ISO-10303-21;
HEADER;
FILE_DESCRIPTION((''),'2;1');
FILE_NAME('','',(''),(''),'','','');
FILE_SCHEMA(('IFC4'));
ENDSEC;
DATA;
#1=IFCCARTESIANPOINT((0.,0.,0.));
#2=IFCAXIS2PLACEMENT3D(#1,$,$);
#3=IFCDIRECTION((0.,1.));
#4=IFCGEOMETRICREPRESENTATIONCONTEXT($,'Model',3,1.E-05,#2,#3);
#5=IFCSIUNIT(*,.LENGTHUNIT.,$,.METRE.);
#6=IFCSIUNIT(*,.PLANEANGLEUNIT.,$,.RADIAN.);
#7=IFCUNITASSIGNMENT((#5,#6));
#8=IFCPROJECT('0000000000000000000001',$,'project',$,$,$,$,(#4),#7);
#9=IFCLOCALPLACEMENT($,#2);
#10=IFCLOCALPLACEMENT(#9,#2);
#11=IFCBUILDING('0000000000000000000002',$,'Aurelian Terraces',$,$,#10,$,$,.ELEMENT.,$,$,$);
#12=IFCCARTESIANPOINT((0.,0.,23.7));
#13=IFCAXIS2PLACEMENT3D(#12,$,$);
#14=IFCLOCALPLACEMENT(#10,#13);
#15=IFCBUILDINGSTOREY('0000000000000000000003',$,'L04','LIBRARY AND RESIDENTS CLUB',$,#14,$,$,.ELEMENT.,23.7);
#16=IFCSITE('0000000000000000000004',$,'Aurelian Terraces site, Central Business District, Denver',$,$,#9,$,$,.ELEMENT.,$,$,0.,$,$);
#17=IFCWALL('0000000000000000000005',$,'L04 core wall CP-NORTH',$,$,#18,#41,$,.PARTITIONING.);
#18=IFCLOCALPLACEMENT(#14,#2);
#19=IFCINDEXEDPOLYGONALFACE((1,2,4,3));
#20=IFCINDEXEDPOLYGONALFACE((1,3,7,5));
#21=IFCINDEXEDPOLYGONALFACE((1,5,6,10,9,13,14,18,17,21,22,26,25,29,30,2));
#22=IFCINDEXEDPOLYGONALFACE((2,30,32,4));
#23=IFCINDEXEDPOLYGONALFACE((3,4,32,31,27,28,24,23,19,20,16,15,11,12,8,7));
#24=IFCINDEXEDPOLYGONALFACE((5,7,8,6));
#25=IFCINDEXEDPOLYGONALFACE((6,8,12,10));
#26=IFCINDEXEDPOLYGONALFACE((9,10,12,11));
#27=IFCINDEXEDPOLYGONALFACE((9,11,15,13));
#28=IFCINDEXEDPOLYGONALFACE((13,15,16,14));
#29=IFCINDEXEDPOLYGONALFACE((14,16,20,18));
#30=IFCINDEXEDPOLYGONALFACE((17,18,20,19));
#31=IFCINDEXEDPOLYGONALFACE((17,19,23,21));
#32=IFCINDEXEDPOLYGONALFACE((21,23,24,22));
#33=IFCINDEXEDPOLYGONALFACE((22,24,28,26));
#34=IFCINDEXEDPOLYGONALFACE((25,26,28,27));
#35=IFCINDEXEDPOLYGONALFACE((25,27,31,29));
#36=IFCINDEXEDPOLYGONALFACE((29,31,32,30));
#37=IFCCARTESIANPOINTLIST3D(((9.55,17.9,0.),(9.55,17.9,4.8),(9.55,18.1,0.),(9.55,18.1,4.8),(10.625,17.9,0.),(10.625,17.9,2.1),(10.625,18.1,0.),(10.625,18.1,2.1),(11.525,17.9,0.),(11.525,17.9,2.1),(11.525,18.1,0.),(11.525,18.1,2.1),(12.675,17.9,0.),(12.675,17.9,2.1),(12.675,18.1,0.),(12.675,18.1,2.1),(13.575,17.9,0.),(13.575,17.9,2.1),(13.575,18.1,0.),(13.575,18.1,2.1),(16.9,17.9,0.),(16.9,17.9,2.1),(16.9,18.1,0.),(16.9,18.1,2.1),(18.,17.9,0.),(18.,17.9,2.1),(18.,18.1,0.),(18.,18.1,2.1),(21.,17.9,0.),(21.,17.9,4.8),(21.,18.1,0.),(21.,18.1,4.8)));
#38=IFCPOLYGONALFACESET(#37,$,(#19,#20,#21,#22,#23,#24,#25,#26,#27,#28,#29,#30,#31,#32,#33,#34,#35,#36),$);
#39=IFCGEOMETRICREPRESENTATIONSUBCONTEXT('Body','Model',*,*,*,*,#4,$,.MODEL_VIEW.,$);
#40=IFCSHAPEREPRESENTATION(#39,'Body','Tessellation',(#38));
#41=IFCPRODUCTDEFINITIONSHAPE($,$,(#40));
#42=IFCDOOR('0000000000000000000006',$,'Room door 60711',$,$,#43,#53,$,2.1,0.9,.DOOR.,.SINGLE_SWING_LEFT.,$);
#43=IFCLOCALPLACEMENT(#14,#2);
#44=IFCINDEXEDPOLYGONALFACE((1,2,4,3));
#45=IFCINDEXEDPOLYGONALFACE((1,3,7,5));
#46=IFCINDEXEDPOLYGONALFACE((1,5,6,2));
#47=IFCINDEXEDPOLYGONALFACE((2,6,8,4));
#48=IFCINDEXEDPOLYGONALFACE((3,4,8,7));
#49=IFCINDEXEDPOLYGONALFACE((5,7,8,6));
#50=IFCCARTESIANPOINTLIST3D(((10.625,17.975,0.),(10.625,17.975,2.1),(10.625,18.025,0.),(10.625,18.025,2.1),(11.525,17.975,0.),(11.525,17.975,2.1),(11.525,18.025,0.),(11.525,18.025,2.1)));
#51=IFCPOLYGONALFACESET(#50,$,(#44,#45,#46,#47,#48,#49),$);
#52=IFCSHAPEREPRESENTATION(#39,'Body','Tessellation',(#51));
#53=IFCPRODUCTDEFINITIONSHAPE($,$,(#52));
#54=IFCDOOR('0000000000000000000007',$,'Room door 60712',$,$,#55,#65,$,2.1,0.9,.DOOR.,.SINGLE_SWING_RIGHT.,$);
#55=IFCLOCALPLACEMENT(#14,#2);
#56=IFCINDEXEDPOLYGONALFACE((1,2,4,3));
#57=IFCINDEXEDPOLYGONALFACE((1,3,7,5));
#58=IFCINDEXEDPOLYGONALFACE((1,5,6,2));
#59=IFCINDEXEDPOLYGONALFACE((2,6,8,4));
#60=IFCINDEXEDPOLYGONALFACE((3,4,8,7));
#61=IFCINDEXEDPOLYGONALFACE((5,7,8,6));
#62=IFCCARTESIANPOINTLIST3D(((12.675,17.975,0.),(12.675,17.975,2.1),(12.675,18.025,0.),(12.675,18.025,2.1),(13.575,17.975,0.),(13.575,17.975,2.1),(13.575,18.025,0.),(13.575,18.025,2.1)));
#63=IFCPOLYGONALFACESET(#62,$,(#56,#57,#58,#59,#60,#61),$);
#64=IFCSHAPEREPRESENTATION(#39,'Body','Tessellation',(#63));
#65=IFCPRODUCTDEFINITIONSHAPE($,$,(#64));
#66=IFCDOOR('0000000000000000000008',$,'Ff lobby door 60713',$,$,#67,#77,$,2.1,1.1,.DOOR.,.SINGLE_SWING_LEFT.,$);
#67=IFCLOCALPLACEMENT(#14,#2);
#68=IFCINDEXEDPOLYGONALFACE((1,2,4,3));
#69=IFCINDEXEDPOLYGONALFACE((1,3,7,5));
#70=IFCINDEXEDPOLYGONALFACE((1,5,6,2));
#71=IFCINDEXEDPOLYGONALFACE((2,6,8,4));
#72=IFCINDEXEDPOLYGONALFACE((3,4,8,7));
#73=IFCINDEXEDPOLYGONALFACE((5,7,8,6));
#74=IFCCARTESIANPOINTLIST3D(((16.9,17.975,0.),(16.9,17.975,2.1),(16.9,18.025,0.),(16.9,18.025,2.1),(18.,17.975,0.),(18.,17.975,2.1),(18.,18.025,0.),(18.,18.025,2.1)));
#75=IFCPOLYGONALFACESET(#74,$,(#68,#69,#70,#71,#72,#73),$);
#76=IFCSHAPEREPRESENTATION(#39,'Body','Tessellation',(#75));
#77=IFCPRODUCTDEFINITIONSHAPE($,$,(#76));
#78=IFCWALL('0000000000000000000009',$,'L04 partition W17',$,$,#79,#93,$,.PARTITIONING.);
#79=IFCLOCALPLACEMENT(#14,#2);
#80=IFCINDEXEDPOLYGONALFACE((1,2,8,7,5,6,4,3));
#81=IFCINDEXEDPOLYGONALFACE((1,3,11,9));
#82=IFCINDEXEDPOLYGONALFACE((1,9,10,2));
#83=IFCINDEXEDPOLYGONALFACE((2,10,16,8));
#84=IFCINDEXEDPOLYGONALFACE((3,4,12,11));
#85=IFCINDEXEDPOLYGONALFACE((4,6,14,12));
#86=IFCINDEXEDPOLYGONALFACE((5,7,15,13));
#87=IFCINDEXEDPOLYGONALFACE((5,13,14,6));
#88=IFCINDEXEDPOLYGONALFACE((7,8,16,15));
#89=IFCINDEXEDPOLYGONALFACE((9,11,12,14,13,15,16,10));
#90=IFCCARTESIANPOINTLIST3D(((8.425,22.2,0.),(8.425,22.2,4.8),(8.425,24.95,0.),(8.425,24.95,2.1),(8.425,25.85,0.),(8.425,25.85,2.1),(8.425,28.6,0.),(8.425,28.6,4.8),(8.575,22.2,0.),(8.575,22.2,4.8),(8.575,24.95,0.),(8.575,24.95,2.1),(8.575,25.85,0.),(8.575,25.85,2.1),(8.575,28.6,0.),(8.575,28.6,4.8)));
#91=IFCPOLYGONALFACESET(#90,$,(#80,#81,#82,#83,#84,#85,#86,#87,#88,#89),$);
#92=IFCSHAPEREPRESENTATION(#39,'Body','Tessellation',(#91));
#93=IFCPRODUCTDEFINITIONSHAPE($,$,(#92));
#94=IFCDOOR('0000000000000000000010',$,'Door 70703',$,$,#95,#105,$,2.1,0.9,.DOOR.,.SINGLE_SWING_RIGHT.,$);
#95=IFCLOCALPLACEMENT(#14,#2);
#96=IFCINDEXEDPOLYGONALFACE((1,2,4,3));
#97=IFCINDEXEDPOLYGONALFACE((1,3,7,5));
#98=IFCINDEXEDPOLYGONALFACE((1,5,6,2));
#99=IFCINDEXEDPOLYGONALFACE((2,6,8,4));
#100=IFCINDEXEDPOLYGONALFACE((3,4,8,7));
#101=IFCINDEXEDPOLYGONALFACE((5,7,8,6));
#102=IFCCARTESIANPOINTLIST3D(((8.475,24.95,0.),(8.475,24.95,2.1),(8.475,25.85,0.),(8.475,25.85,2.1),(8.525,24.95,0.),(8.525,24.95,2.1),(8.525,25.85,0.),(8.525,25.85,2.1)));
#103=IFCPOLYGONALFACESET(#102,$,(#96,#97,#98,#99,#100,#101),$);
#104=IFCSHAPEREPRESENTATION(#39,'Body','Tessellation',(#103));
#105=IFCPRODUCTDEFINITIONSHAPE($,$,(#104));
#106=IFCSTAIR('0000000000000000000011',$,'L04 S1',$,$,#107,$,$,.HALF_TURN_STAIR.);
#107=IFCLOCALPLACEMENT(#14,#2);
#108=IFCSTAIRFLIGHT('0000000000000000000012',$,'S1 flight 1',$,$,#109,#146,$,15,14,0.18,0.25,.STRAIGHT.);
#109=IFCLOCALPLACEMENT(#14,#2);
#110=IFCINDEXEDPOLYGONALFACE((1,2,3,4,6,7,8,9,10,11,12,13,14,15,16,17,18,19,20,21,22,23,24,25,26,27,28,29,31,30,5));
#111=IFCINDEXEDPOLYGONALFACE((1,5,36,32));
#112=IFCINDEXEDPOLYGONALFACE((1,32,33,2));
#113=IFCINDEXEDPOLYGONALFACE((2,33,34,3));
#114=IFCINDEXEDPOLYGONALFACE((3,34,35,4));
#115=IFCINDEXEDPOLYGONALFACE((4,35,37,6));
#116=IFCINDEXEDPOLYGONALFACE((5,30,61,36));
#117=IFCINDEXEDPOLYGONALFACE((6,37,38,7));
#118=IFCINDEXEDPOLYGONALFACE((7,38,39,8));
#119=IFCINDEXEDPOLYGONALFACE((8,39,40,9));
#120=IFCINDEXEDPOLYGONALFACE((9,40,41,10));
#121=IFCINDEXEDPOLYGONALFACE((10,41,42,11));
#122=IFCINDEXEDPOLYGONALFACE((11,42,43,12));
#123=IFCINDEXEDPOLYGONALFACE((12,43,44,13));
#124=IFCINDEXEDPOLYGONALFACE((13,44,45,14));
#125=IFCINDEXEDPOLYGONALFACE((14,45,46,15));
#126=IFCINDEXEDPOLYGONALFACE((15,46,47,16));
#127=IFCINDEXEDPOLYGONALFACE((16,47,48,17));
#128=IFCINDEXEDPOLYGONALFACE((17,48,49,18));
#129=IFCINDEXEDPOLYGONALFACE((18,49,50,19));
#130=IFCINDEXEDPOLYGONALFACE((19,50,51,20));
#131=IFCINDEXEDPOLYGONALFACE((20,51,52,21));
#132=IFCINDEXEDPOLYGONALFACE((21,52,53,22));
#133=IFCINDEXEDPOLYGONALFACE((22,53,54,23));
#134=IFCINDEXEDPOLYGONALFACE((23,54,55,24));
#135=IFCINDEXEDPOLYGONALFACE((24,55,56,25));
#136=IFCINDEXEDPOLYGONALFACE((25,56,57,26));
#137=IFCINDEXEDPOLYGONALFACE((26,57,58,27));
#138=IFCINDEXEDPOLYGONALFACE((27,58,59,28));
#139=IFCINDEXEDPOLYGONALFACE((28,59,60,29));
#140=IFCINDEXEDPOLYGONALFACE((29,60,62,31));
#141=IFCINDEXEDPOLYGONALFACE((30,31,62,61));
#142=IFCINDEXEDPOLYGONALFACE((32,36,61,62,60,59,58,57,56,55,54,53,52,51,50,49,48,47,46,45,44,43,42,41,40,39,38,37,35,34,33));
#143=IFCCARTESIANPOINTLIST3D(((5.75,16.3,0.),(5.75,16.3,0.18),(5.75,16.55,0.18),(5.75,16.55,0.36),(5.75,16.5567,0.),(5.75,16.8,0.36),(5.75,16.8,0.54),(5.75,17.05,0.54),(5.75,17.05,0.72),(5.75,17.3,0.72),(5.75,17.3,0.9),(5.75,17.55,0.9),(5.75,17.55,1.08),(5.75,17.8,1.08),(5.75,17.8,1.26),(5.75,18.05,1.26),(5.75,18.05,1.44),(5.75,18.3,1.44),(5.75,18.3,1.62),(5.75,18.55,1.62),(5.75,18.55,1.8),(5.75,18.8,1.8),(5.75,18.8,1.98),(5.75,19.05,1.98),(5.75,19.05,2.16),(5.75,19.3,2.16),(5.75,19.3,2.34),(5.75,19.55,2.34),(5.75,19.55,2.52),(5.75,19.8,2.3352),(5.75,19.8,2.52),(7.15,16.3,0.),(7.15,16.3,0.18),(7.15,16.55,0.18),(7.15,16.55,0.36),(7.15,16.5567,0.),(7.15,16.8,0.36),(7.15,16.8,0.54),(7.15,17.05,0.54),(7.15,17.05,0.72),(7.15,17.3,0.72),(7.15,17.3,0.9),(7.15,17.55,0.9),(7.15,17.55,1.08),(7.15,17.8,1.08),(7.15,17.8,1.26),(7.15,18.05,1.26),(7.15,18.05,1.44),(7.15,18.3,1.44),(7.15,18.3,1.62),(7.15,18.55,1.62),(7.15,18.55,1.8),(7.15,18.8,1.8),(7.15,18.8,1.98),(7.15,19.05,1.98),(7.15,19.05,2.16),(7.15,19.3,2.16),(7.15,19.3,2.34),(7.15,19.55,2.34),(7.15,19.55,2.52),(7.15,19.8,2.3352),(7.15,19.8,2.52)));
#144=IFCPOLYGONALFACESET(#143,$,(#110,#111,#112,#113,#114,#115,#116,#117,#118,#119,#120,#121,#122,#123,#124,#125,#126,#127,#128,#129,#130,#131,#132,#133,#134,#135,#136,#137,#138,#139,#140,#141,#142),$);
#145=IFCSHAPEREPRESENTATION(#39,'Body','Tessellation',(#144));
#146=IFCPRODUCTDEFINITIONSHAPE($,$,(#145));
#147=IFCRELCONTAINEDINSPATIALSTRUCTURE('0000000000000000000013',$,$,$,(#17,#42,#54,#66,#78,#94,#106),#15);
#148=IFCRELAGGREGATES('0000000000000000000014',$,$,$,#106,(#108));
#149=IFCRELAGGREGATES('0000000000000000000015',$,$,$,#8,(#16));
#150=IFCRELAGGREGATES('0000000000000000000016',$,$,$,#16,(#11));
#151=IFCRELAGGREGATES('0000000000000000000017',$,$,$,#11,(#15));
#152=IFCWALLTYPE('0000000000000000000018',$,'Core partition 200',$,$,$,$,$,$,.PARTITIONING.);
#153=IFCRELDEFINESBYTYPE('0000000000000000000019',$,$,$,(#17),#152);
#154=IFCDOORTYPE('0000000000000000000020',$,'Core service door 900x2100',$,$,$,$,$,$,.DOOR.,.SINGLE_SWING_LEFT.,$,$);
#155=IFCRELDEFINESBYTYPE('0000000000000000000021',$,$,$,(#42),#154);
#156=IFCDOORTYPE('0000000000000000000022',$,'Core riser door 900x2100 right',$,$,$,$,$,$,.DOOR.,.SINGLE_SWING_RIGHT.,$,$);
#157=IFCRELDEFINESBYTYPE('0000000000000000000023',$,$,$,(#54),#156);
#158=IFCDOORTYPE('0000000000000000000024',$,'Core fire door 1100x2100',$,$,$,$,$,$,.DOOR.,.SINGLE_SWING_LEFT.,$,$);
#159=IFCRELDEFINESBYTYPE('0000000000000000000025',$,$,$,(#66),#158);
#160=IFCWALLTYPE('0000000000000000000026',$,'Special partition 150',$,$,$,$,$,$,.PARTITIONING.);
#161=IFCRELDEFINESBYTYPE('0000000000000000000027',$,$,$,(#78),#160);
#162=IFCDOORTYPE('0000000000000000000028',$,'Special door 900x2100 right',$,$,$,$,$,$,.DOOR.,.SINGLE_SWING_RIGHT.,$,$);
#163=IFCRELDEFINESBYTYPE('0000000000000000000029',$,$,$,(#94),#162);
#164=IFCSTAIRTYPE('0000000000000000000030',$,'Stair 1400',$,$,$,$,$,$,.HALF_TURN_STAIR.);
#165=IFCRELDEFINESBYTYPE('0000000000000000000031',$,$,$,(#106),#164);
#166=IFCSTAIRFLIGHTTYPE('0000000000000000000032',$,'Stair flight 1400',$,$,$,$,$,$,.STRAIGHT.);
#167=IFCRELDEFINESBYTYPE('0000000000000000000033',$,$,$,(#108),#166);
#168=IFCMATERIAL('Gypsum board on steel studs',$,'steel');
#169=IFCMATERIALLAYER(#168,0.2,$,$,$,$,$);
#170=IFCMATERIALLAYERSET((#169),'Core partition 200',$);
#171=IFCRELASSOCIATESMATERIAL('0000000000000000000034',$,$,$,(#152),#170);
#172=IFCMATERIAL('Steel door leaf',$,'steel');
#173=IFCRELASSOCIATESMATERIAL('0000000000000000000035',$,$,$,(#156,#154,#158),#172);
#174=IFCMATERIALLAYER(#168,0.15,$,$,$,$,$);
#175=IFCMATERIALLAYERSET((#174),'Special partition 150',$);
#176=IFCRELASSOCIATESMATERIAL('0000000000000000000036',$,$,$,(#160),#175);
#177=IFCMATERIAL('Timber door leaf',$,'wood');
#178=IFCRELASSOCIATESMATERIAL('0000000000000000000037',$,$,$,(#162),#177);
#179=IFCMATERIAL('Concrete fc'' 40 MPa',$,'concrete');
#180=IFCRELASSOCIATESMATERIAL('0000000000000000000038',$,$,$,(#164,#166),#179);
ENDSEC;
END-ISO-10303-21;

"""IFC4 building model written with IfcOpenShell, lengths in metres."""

from ifc_helpers import new_model, si_unit, direction, frame, frame_2d, origin, place, context, subcontext, project, spatial, polyline, rectangle, outline, extrude, source, transform, mapped, material, layer, layer_set, type_object, element, fill, aggregate, save


model = new_model("IFC4")

# Units and contexts
model_context = context("Model", 3, precision=1e-05, world=origin(), true_north=direction((0.0, 1.0)))
body_context = subcontext(model_context, "Body", "Model", "MODEL_VIEW")
ifc_project = project(units=[si_unit("LENGTHUNIT", "METRE"), si_unit("PLANEANGLEUNIT", "RADIAN")], contexts=[model_context])

# Site, building, storey
site_placement = place(None, origin())
site = spatial("IfcSite", under=ifc_project, at=site_placement, Name="Aurelian Terraces site, Central Business District, Denver", CompositionType="ELEMENT", RefElevation=0.0)
building_placement = place(site_placement, origin())
building = spatial("IfcBuilding", under=site, at=building_placement, Name="Aurelian Terraces", CompositionType="ELEMENT")
storey_placement = place(building_placement, frame((0.0, 0.0, 23.7)))
storey = spatial("IfcBuildingStorey", under=building, at=storey_placement, Name="L04", Description="LIBRARY AND RESIDENTS CLUB", CompositionType="ELEMENT", Elevation=23.7)

# Shared definitions
ifc_material_1 = material(Name="Steel door leaf", Category="steel")

# Shared definitions
ifc_material_2 = material(Name="Concrete fc' 40 MPa", Category="concrete")

# Shared definitions
ifc_material_3 = material(Name="Gypsum board on steel studs", Category="steel")
ifc_layer_1 = layer(ifc_material_3, 0.2)
ifc_layer_set_1 = layer_set([ifc_layer_1], Name="Core partition 200")
wall_type_1 = type_object("IfcWallType", Name="Core partition 200", PredefinedType="PARTITIONING", material=ifc_layer_set_1)
shared_shape_1 = source(origin(), body_context, "Body", "SweptSolid", [
    extrude(rectangle(XDim=0.9, YDim=2.1, at=frame_2d((0.45, 1.05))), frame((0.0, 0.11, 0.0), z_axis=(0.0, -1.0, 0.0), x_axis=(1.0, 0.0, 0.0)), (0.0, 0.0, 1.0), 0.22),
])
door_type_1 = type_object("IfcDoorType", Name="Core riser door 900x2100 right", OperationType="SINGLE_SWING_RIGHT", PredefinedType="DOOR", material=ifc_material_1)
shared_shape_2 = source(origin(), body_context, "Body", "SweptSolid", [
    extrude(rectangle(XDim=0.9, YDim=2.1, at=frame_2d((0.45, 1.05))), frame((0.0, 0.025, 0.0), z_axis=(0.0, -1.0, 0.0), x_axis=(1.0, 0.0, 0.0)), (0.0, 0.0, 1.0), 0.05),
])

# Shared definitions
shared_shape_3 = source(origin(), body_context, "Body", "SweptSolid", [
    extrude(rectangle(XDim=1.1, YDim=2.1, at=frame_2d((0.55, 1.05))), frame((0.0, 0.025, 0.0), z_axis=(0.0, -1.0, 0.0), x_axis=(1.0, 0.0, 0.0)), (0.0, 0.0, 1.0), 0.05),
])

# Wall, openings, doors
shared_shape_4 = source(origin(), body_context, "Body", "SweptSolid", [
    extrude(rectangle(XDim=11.45, YDim=0.2, at=frame_2d((5.725, 0.0))), origin(), (0.0, 0.0, 1.0), 4.8),
])
wall_1_placement = place(storey_placement, frame((9.55, 18.0, 0.0), z_axis=(0.0, 0.0, 1.0), x_axis=(1.0, 0.0, 0.0)))
wall_1 = element("IfcWall", 1, at=wall_1_placement, inside=storey, type_object=wall_type_1, Name="L04 core wall CP-NORTH", PredefinedType="PARTITIONING", context=body_context, shape_type="MappedRepresentation", body=[
    mapped(shared_shape_4, transform((0.0, 0.0, 0.0), scale=1.0)),
])
opening_1_placement = place(wall_1_placement, frame((1.075, 0.0, 0.0)))
opening_1 = element("IfcOpeningElement", 2, at=opening_1_placement, cuts=wall_1, PredefinedType="OPENING", context=body_context, shape_type="MappedRepresentation", body=[
    mapped(shared_shape_1, transform((0.0, 0.0, 0.0), scale=1.0)),
])
opening_2_placement = place(wall_1_placement, frame((3.125, 0.0, 0.0)))
opening_2 = element("IfcOpeningElement", 3, at=opening_2_placement, cuts=wall_1, PredefinedType="OPENING", context=body_context, shape_type="MappedRepresentation", body=[
    mapped(shared_shape_1, transform((0.0, 0.0, 0.0), scale=1.0)),
])
shared_shape_5 = source(origin(), body_context, "Body", "SweptSolid", [
    extrude(rectangle(XDim=1.1, YDim=2.1, at=frame_2d((0.55, 1.05))), frame((0.0, 0.11, 0.0), z_axis=(0.0, -1.0, 0.0), x_axis=(1.0, 0.0, 0.0)), (0.0, 0.0, 1.0), 0.22),
])
opening_3_placement = place(wall_1_placement, frame((7.35, 0.0, 0.0)))
opening_3 = element("IfcOpeningElement", 4, at=opening_3_placement, cuts=wall_1, PredefinedType="OPENING", context=body_context, shape_type="MappedRepresentation", body=[
    mapped(shared_shape_5, transform((0.0, 0.0, 0.0), scale=1.0)),
])
door_type_2 = type_object("IfcDoorType", Name="Core service door 900x2100", OperationType="SINGLE_SWING_LEFT", PredefinedType="DOOR", material=ifc_material_1)
door_1_placement = place(opening_1_placement, origin())
door_1 = element("IfcDoor", 5, at=door_1_placement, inside=storey, type_object=door_type_2, Name="Room door 60711", OperationType="SINGLE_SWING_LEFT", OverallHeight=2.1, OverallWidth=0.9, PredefinedType="DOOR", context=body_context, shape_type="MappedRepresentation", body=[
    mapped(shared_shape_2, transform((0.0, 0.0, 0.0), scale=1.0)),
])
fill(opening_1, door_1)
door_2_placement = place(opening_2_placement, origin())
door_2 = element("IfcDoor", 6, at=door_2_placement, inside=storey, type_object=door_type_1, Name="Room door 60712", OperationType="SINGLE_SWING_RIGHT", OverallHeight=2.1, OverallWidth=0.9, PredefinedType="DOOR", context=body_context, shape_type="MappedRepresentation", body=[
    mapped(shared_shape_2, transform((0.0, 0.0, 0.0), scale=1.0)),
])
fill(opening_2, door_2)
door_type_3 = type_object("IfcDoorType", Name="Core fire door 1100x2100", OperationType="SINGLE_SWING_LEFT", PredefinedType="DOOR", material=ifc_material_1)
door_3_placement = place(opening_3_placement, origin())
door_3 = element("IfcDoor", 7, at=door_3_placement, inside=storey, type_object=door_type_3, Name="Ff lobby door 60713", OperationType="SINGLE_SWING_LEFT", OverallHeight=2.1, OverallWidth=1.1, PredefinedType="DOOR", context=body_context, shape_type="MappedRepresentation", body=[
    mapped(shared_shape_3, transform((0.0, 0.0, 0.0), scale=1.0)),
])
fill(opening_3, door_3)

# Wall, opening, door
ifc_layer_2 = layer(ifc_material_3, 0.15)
ifc_layer_set_2 = layer_set([ifc_layer_2], Name="Special partition 150")
wall_type_2 = type_object("IfcWallType", Name="Special partition 150", PredefinedType="PARTITIONING", material=ifc_layer_set_2)
shared_shape_6 = source(origin(), body_context, "Body", "SweptSolid", [
    extrude(rectangle(XDim=6.4, YDim=0.15, at=frame_2d((3.2, 0.0))), origin(), (0.0, 0.0, 1.0), 4.8),
])
wall_2_placement = place(storey_placement, frame((8.5, 22.2, 0.0), z_axis=(0.0, 0.0, 1.0), x_axis=(0.0, 1.0, 0.0)))
wall_2 = element("IfcWall", 8, at=wall_2_placement, inside=storey, type_object=wall_type_2, Name="L04 partition W17", PredefinedType="PARTITIONING", context=body_context, shape_type="MappedRepresentation", body=[
    mapped(shared_shape_6, transform((0.0, 0.0, 0.0), scale=1.0)),
])
shared_shape_7 = source(origin(), body_context, "Body", "SweptSolid", [
    extrude(rectangle(XDim=0.9, YDim=2.1, at=frame_2d((0.45, 1.05))), frame((0.0, 0.085, 0.0), z_axis=(0.0, -1.0, 0.0), x_axis=(1.0, 0.0, 0.0)), (0.0, 0.0, 1.0), 0.17),
])
opening_4_placement = place(wall_2_placement, frame((2.75, 0.0, 0.0)))
opening_4 = element("IfcOpeningElement", 9, at=opening_4_placement, cuts=wall_2, PredefinedType="OPENING", context=body_context, shape_type="MappedRepresentation", body=[
    mapped(shared_shape_7, transform((0.0, 0.0, 0.0), scale=1.0)),
])
ifc_material_4 = material(Name="Timber door leaf", Category="wood")
door_type_4 = type_object("IfcDoorType", Name="Special door 900x2100 right", OperationType="SINGLE_SWING_RIGHT", PredefinedType="DOOR", material=ifc_material_4)
door_4_placement = place(opening_4_placement, origin())
door_4 = element("IfcDoor", 10, at=door_4_placement, inside=storey, type_object=door_type_4, Name="Door 70703", OperationType="SINGLE_SWING_RIGHT", OverallHeight=2.1, OverallWidth=0.9, PredefinedType="DOOR", context=body_context, shape_type="MappedRepresentation", body=[
    mapped(shared_shape_2, transform((0.0, 0.0, 0.0), scale=1.0)),
])
fill(opening_4, door_4)

# Stair, stair flight
stair_type = type_object("IfcStairType", Name="Stair 1400", PredefinedType="HALF_TURN_STAIR", material=ifc_material_2)
stair_placement = place(storey_placement, origin())
stair = element("IfcStair", 11, at=stair_placement, inside=storey, type_object=stair_type, Name="L04 S1", PredefinedType="HALF_TURN_STAIR")
stair_flight_type = type_object("IfcStairFlightType", Name="Stair flight 1400", PredefinedType="STRAIGHT", material=ifc_material_2)
shared_shape_8 = source(origin(), body_context, "Body", "SweptSolid", [
    extrude(outline(polyline([(0.0, 0.0), (0.0, 0.18), (0.25, 0.18), (0.25, 0.36), (0.5, 0.36), (0.5, 0.54), (0.75, 0.54), (0.75, 0.72), (1.0, 0.72), (1.0, 0.9), (1.25, 0.9), (1.25, 1.08), (1.5, 1.08), (1.5, 1.26), (1.75, 1.26), (1.75, 1.44), (2.0, 1.44), (2.0, 1.62), (2.25, 1.62), (2.25, 1.8), (2.5, 1.8), (2.5, 1.98), (2.75, 1.98), (2.75, 2.16), (3.0, 2.16), (3.0, 2.34), (3.25, 2.34), (3.25, 2.52), (3.5, 2.52), (3.5, 2.7), (3.5, 2.3352), (0.2567, 0.0), (0.0, 0.0)])), frame((0.0, 0.7, 0.0), z_axis=(0.0, -1.0, 0.0), x_axis=(1.0, 0.0, 0.0)), (0.0, 0.0, 1.0), 1.4),
])
stair_flight_1_placement = place(storey_placement, frame((6.45, 16.3, 0.0), z_axis=(0.0, 0.0, 1.0), x_axis=(0.0, 1.0, 0.0)))
stair_flight_1 = element("IfcStairFlight", 12, at=stair_flight_1_placement, type_object=stair_flight_type, Name="S1 flight 1", NumberOfRisers=15, NumberOfTreads=14, PredefinedType="STRAIGHT", RiserHeight=0.18, TreadLength=0.25, context=body_context, shape_type="MappedRepresentation", body=[
    mapped(shared_shape_8, transform((0.0, 0.0, 0.0), scale=1.0)),
])
aggregate(stair, [stair_flight_1])

save(model, "model.ifc")
